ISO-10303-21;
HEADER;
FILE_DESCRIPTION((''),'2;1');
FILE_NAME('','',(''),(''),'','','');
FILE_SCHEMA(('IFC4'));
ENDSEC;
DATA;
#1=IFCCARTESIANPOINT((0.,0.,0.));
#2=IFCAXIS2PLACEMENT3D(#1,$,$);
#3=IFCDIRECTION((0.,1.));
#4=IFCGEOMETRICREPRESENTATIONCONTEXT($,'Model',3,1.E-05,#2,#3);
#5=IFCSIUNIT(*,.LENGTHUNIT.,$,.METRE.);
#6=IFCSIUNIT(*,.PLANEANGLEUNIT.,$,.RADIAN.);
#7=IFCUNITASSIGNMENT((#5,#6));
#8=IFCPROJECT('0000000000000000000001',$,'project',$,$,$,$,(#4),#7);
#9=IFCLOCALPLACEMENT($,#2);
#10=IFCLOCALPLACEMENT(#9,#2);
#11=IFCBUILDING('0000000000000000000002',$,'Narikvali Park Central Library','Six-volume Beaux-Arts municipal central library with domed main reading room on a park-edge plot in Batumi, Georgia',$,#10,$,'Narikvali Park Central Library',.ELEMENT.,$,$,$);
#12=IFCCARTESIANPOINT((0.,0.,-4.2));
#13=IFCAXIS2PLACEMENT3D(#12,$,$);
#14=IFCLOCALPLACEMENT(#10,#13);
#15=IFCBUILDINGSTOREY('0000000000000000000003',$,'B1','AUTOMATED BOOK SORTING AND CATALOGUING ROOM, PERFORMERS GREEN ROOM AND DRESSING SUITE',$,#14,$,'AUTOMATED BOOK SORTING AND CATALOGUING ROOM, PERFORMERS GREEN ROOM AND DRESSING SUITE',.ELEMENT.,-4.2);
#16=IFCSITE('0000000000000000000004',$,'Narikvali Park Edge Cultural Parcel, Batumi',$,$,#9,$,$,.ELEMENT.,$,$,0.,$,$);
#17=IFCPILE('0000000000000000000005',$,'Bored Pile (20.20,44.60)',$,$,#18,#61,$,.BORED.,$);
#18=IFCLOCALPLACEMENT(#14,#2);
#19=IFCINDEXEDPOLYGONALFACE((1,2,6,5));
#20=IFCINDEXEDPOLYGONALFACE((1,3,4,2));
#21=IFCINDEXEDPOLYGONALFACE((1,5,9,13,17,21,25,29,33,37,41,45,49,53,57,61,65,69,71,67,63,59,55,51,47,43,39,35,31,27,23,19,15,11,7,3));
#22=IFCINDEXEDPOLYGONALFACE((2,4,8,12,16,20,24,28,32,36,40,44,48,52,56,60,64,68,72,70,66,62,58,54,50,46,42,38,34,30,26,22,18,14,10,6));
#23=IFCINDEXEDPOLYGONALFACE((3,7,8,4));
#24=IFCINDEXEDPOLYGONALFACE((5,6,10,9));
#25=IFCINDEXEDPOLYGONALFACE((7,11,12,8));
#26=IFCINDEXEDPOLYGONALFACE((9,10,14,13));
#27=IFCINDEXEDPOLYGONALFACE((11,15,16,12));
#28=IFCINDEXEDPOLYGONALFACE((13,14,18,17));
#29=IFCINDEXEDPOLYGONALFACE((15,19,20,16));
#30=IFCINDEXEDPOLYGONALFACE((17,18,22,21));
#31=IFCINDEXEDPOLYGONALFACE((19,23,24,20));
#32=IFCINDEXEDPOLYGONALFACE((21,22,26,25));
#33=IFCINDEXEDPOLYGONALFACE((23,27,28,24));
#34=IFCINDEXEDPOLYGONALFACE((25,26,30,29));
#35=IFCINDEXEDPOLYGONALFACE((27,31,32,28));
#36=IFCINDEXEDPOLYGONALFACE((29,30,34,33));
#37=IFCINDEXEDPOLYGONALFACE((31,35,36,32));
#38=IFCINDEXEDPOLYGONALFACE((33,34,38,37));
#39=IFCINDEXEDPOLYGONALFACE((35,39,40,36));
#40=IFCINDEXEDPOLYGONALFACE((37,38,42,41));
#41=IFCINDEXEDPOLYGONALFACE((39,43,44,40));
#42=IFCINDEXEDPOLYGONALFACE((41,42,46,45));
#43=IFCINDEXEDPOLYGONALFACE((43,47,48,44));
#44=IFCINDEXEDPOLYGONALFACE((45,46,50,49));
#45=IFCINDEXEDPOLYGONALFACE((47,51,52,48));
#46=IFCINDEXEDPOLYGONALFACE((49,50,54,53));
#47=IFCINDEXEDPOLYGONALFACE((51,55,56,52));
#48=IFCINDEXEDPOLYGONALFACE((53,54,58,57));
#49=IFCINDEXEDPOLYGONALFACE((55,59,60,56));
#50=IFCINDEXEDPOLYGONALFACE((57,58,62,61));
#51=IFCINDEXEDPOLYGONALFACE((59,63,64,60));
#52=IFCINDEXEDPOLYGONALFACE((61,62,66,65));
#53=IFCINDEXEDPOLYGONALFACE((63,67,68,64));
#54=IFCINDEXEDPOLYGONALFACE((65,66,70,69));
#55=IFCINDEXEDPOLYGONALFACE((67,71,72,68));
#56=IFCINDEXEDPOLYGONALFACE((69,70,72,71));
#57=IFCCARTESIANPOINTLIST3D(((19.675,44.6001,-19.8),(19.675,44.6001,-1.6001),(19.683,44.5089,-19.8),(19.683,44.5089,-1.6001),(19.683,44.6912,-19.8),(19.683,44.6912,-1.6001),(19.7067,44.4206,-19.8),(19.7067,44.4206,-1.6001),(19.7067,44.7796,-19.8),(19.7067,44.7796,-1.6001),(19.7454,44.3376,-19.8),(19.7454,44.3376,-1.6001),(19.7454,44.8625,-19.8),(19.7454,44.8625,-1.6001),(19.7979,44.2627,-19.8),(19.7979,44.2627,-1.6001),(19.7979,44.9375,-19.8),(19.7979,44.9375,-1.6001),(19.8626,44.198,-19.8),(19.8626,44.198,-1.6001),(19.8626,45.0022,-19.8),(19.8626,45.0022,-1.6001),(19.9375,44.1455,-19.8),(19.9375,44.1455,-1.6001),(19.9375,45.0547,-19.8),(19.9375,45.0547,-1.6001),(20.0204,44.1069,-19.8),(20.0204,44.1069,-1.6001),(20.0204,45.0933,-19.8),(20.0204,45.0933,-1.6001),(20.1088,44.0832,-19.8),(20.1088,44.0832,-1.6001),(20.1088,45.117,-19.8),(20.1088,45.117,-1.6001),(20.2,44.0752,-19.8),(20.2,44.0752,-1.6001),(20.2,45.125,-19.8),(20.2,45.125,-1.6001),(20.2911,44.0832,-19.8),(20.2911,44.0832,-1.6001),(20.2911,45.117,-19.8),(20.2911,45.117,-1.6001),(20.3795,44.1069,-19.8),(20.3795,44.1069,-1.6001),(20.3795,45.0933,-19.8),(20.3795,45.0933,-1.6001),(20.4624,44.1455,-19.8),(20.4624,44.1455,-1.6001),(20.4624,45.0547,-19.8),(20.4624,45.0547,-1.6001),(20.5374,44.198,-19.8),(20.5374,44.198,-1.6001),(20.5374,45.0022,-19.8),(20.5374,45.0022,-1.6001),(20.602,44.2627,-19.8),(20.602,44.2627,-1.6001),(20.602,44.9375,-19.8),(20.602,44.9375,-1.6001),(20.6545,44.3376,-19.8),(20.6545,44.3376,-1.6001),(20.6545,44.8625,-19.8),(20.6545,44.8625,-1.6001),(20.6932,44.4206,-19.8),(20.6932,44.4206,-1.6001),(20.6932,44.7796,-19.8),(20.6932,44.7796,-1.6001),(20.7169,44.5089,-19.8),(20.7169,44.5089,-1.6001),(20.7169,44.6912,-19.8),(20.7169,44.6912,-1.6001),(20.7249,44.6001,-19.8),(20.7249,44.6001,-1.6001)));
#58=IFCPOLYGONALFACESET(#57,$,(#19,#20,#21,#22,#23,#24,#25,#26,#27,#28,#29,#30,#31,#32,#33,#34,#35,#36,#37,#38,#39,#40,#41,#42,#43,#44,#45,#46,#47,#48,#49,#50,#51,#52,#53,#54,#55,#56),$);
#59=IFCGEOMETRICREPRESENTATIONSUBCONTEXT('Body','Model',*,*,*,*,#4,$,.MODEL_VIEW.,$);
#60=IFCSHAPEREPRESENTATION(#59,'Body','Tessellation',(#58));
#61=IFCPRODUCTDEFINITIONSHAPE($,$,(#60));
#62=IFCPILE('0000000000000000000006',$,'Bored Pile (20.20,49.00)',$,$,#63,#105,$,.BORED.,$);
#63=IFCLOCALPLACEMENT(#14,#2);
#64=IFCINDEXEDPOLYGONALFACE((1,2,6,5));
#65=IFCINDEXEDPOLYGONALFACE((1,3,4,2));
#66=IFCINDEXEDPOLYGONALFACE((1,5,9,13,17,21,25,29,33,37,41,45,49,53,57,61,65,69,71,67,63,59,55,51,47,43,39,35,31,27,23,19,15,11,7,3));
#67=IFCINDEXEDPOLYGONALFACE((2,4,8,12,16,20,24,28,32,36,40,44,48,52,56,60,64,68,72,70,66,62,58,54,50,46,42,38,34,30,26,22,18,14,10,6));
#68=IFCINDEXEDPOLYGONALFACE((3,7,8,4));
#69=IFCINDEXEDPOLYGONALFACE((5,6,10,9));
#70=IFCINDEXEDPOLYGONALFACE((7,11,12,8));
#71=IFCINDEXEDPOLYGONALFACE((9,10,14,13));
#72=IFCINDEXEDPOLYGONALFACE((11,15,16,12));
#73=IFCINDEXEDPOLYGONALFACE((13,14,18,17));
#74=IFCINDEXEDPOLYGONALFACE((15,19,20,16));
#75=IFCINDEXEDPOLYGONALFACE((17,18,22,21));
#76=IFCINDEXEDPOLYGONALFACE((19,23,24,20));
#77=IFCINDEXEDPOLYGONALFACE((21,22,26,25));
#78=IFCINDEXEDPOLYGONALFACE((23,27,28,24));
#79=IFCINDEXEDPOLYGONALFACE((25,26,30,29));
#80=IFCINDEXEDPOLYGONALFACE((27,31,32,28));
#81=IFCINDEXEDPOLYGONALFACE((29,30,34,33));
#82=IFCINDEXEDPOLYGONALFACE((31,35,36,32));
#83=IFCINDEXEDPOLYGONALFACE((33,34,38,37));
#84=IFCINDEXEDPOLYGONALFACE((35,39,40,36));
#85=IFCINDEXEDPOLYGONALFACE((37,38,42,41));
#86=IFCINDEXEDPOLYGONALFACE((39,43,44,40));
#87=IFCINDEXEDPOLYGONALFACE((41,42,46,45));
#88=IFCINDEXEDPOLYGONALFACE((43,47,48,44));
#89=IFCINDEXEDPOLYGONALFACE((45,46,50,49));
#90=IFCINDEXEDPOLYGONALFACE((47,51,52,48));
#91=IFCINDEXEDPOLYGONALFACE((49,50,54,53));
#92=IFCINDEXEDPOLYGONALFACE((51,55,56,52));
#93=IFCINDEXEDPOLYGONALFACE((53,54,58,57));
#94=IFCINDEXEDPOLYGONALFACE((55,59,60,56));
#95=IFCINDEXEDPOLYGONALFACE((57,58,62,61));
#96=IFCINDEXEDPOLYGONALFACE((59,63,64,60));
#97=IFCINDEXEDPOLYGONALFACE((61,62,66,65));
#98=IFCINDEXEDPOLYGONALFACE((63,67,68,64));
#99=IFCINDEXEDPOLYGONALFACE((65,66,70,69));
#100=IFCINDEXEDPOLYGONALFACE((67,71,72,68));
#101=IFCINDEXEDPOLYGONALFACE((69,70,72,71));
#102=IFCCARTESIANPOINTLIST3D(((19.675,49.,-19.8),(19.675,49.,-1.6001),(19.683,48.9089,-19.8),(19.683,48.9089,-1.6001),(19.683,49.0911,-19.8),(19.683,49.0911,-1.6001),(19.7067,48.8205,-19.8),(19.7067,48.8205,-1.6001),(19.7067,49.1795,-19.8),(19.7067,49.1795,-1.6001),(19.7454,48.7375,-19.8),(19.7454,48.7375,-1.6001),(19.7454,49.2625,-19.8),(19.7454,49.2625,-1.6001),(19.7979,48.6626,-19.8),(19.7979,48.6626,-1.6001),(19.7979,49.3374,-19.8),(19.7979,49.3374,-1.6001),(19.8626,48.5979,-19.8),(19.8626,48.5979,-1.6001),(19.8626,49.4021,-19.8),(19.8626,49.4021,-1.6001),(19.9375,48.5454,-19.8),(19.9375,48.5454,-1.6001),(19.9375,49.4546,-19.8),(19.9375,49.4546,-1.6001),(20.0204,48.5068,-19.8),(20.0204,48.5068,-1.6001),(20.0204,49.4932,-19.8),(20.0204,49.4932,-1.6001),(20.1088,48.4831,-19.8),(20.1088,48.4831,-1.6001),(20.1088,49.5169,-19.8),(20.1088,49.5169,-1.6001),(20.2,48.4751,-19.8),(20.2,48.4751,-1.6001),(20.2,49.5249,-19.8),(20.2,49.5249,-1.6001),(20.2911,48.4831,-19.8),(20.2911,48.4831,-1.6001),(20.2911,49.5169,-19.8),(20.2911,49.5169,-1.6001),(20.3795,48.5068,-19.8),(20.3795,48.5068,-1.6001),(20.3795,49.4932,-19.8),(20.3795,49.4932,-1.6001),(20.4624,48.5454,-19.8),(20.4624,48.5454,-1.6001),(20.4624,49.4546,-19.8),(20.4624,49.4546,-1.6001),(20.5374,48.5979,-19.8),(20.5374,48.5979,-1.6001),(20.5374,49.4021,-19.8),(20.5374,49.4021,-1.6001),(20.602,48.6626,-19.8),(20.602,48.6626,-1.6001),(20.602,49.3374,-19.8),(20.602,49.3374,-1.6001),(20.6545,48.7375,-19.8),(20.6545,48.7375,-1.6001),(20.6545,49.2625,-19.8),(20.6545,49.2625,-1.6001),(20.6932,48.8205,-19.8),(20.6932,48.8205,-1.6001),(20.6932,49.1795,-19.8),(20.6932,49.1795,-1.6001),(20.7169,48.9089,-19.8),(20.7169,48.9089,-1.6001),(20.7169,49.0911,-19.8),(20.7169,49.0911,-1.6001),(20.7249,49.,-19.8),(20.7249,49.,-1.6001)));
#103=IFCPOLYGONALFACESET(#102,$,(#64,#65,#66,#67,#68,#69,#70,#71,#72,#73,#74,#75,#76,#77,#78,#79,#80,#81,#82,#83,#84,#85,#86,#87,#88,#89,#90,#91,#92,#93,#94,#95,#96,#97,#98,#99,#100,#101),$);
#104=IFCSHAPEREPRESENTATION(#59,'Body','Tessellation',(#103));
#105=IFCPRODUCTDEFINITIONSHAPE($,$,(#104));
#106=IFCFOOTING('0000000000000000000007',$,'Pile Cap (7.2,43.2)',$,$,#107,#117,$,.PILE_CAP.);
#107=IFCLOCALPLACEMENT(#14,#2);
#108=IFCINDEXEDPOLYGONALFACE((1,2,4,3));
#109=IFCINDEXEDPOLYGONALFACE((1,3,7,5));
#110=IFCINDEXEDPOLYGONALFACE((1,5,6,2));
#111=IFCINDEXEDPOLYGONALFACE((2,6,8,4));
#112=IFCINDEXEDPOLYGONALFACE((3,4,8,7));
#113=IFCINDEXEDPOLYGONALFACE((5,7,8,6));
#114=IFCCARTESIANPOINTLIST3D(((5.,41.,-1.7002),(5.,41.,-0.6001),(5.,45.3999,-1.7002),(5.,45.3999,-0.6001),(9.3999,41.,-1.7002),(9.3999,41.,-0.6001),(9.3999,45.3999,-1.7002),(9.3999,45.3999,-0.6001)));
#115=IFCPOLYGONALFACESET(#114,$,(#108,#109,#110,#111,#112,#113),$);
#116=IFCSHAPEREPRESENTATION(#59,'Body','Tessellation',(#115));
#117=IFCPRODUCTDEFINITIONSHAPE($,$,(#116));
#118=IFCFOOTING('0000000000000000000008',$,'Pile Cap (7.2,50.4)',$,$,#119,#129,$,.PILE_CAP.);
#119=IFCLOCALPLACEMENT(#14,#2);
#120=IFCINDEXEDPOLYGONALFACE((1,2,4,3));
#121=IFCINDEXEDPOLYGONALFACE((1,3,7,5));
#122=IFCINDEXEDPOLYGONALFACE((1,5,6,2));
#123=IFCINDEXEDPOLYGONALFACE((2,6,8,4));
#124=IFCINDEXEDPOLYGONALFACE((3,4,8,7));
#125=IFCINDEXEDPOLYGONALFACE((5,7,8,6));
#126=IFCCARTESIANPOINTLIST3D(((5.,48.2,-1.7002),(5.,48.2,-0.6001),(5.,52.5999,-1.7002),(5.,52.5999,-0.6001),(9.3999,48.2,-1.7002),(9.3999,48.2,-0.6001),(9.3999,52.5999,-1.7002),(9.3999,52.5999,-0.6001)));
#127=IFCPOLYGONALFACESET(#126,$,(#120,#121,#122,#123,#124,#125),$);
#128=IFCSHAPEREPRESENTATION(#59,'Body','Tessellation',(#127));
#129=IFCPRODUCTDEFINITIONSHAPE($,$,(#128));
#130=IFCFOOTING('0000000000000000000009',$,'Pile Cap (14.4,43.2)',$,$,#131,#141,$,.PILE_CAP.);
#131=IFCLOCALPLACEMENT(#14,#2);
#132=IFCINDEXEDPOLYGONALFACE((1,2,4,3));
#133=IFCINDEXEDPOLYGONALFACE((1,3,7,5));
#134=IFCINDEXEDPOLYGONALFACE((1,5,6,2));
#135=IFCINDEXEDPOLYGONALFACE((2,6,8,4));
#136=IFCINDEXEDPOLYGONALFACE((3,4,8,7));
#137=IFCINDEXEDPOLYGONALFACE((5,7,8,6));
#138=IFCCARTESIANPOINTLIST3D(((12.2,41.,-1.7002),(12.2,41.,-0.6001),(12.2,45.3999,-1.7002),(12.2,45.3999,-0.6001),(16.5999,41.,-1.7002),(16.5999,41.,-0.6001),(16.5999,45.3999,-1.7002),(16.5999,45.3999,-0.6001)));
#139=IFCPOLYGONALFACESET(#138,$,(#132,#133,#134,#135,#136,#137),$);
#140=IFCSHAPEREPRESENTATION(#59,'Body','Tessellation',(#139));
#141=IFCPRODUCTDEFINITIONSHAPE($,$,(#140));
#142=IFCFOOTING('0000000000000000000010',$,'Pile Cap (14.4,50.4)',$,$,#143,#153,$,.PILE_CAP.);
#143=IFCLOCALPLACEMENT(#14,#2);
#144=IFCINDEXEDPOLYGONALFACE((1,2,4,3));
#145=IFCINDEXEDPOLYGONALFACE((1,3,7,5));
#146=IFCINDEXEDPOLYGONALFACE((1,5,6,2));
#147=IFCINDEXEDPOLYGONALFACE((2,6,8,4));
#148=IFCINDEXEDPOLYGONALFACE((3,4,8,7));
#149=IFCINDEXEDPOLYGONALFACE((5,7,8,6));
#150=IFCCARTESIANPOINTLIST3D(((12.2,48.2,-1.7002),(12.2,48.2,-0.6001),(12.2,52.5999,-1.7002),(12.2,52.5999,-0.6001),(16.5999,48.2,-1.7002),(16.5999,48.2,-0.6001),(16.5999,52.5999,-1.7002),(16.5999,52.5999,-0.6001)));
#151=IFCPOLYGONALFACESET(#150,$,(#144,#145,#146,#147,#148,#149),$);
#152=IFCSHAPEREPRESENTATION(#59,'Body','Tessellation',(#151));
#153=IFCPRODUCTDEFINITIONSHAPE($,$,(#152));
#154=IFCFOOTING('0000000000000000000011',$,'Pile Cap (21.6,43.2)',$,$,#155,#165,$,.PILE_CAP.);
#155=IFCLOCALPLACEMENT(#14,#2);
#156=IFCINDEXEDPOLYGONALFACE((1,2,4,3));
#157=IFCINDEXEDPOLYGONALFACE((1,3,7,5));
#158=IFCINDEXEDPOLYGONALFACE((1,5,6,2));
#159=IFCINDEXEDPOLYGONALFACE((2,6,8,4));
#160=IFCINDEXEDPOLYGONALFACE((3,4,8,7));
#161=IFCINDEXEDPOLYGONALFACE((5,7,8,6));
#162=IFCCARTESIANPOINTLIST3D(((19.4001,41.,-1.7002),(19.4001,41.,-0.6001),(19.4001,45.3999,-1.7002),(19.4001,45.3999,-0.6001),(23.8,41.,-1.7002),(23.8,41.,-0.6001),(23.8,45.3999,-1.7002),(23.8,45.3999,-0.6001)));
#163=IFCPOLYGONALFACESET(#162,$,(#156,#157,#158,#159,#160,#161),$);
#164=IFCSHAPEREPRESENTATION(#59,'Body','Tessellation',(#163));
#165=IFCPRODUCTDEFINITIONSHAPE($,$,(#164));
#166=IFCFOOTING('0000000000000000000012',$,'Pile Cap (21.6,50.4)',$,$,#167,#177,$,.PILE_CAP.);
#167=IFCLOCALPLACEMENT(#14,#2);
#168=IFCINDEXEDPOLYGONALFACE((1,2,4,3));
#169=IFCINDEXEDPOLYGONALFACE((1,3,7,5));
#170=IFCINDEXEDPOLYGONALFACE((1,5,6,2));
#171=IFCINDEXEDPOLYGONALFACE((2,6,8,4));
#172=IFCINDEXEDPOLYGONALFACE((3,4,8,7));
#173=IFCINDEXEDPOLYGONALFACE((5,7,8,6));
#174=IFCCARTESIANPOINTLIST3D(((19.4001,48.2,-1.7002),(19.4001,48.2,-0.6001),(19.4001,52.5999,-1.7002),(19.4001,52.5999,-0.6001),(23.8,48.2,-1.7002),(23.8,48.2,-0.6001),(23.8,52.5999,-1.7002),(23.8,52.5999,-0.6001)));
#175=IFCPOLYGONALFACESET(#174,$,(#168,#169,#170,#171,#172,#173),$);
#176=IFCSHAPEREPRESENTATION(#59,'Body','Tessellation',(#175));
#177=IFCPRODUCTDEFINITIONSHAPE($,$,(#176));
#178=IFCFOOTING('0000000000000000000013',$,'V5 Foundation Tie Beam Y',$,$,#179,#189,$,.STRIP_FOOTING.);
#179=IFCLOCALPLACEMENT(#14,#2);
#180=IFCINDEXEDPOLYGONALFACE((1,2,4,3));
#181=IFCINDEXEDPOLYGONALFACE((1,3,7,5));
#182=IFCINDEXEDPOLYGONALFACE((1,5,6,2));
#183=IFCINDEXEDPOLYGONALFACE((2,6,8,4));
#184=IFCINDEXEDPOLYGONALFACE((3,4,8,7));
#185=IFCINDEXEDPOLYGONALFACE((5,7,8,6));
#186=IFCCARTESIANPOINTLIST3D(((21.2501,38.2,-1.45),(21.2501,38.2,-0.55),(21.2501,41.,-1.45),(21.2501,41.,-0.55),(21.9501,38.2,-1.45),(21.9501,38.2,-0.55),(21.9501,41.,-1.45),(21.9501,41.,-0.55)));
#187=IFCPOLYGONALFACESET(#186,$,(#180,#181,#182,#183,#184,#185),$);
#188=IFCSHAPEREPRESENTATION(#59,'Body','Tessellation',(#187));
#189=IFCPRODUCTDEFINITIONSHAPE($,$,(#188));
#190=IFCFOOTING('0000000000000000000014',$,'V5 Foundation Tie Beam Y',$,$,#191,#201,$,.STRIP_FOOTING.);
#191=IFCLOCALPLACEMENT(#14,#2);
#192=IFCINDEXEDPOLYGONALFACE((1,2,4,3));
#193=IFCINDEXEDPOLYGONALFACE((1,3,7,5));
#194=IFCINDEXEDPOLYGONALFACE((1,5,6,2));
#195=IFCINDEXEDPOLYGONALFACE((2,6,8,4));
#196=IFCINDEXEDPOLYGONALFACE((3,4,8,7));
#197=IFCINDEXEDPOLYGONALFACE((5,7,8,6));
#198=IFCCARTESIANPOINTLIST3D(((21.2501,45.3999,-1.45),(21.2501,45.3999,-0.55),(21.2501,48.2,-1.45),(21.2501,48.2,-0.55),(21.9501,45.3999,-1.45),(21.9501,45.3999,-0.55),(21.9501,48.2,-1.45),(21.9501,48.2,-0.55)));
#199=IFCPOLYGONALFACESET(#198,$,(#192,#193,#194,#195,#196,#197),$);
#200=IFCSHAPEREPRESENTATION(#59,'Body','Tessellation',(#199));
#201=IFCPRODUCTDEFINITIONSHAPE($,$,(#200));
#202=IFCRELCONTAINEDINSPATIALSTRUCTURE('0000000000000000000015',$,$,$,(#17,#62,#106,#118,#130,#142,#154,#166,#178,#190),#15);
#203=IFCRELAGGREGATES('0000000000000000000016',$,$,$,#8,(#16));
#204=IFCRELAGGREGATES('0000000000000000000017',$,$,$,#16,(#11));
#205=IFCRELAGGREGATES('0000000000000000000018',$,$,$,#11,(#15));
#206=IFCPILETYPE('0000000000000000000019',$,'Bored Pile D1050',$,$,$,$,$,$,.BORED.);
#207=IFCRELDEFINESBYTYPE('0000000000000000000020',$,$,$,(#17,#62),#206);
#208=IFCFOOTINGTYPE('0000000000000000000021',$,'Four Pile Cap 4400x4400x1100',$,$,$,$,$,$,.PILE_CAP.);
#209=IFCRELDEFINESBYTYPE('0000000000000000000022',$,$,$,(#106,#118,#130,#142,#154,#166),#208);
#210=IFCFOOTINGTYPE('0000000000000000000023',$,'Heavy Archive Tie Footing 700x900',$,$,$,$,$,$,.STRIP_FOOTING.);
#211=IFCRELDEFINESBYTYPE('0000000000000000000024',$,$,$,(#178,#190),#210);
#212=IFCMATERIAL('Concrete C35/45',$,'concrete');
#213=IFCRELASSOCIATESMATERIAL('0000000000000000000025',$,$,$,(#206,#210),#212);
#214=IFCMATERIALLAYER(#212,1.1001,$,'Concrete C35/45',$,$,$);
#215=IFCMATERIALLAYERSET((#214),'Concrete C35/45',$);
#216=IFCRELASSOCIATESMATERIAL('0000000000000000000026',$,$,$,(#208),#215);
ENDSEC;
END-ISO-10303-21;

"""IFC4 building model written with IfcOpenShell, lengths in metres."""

from ifc_helpers import new_model, si_unit, direction, frame, origin, origin_2d, place, context, subcontext, project, spatial, rectangle, circle, extrude, material, layer, layer_set, material_profile, profile_set, type_object, element, save


model = new_model("IFC4")

# Units and contexts
model_context = context("Model", 3, precision=1e-05, world=origin(), true_north=direction((0.0, 1.0)))
body_context = subcontext(model_context, "Body", "Model", "MODEL_VIEW")
ifc_project = project(units=[si_unit("LENGTHUNIT", "METRE"), si_unit("PLANEANGLEUNIT", "RADIAN")], contexts=[model_context])

# Site, building, storey
site_placement = place(None, origin())
site = spatial("IfcSite", under=ifc_project, at=site_placement, Name="Narikvali Park Edge Cultural Parcel, Batumi", CompositionType="ELEMENT", RefElevation=0.0)
building_placement = place(site_placement, origin())
building = spatial("IfcBuilding", under=site, at=building_placement, Name="Narikvali Park Central Library", Description="Six-volume Beaux-Arts municipal central library with domed main reading room on a park-edge plot in Batumi, Georgia", LongName="Narikvali Park Central Library", CompositionType="ELEMENT")
storey_placement = place(building_placement, frame((0.0, 0.0, -4.2)))
storey = spatial("IfcBuildingStorey", under=building, at=storey_placement, Name="B1", Description="AUTOMATED BOOK SORTING AND CATALOGUING ROOM, PERFORMERS GREEN ROOM AND DRESSING SUITE", LongName="AUTOMATED BOOK SORTING AND CATALOGUING ROOM, PERFORMERS GREEN ROOM AND DRESSING SUITE", CompositionType="ELEMENT", Elevation=-4.2)

# Piles
ifc_material_1 = material(Name="Concrete C35/45", Category="concrete")
ifc_material_profile_1 = material_profile(ifc_material_1, circle(Radius=0.5249, at=origin_2d()), Name="PILE D1050")
ifc_profile_set_1 = profile_set([ifc_material_profile_1], Name="Concrete C35/45")
pile_type = type_object("IfcPileType", Name="Bored Pile D1050", PredefinedType="BORED", material=ifc_profile_set_1)
for number, where, z_axis, x_axis, name in (
    (1, (20.2, 44.6001, -1.6001), (0.0, 0.0, -1.0), (1.0, 0.0, 0.0), "Bored Pile (20.20,44.60)"),
    (2, (20.2, 49.0, -1.6001), (0.0, 0.0, -1.0), (1.0, 0.0, 0.0), "Bored Pile (20.20,49.00)"),
):
    element("IfcPile", number, at=place(storey_placement, frame(where, z_axis=z_axis, x_axis=x_axis)), inside=storey, type_object=pile_type, Name=name, PredefinedType="BORED", context=body_context, shape_type="SweptSolid", body=[
        extrude(circle(Radius=0.5249, at=origin_2d()), origin(), (0.0, 0.0, 1.0), 18.2),
    ])

# Footings
ifc_layer_1 = layer(ifc_material_1, 1.1001, Name="Concrete C35/45")
ifc_layer_set_1 = layer_set([ifc_layer_1], Name="Concrete C35/45")
footing_type_1 = type_object("IfcFootingType", Name="Four Pile Cap 4400x4400x1100", PredefinedType="PILE_CAP", material=ifc_layer_set_1)
for number, where, z_axis, x_axis, name in (
    (3, (7.2, 43.2, -1.7002), (0.0, 0.0, 1.0), (1.0, 0.0, 0.0), "Pile Cap (7.2,43.2)"),
    (4, (7.2, 50.3999, -1.7002), (0.0, 0.0, 1.0), (1.0, 0.0, 0.0), "Pile Cap (7.2,50.4)"),
    (5, (14.3999, 43.2, -1.7002), (0.0, 0.0, 1.0), (1.0, 0.0, 0.0), "Pile Cap (14.4,43.2)"),
    (6, (14.3999, 50.3999, -1.7002), (0.0, 0.0, 1.0), (1.0, 0.0, 0.0), "Pile Cap (14.4,50.4)"),
    (7, (21.6001, 43.2, -1.7002), (0.0, 0.0, 1.0), (1.0, 0.0, 0.0), "Pile Cap (21.6,43.2)"),
    (8, (21.6001, 50.3999, -1.7002), (0.0, 0.0, 1.0), (1.0, 0.0, 0.0), "Pile Cap (21.6,50.4)"),
):
    element("IfcFooting", number, at=place(storey_placement, frame(where, z_axis=z_axis, x_axis=x_axis)), inside=storey, type_object=footing_type_1, Name=name, PredefinedType="PILE_CAP", context=body_context, shape_type="SweptSolid", body=[
        extrude(rectangle(XDim=4.3999, YDim=4.3999, at=origin_2d()), origin(), (0.0, 0.0, 1.0), 1.1001),
    ])
ifc_material_profile_2 = material_profile(ifc_material_1, rectangle(XDim=0.7, YDim=0.8999, at=origin_2d()), Name="RC GB 700x900")
ifc_profile_set_2 = profile_set([ifc_material_profile_2], Name="Concrete C35/45")
footing_type_2 = type_object("IfcFootingType", Name="Heavy Archive Tie Footing 700x900", PredefinedType="STRIP_FOOTING", material=ifc_profile_set_2)
for number, where, z_axis, x_axis, name in (
    (9, (21.6001, 38.2, -1.0), (0.0, 1.0, 0.0), (-1.0, 0.0, 0.0), "V5 Foundation Tie Beam Y"),
    (10, (21.6001, 45.3999, -1.0), (0.0, 1.0, 0.0), (-1.0, 0.0, 0.0), "V5 Foundation Tie Beam Y"),
):
    element("IfcFooting", number, at=place(storey_placement, frame(where, z_axis=z_axis, x_axis=x_axis)), inside=storey, type_object=footing_type_2, Name=name, PredefinedType="STRIP_FOOTING", context=body_context, shape_type="SweptSolid", body=[
        extrude(rectangle(XDim=0.7, YDim=0.8999, at=origin_2d()), origin(), (0.0, 0.0, 1.0), 2.8),
    ])

save(model, "model.ifc")
